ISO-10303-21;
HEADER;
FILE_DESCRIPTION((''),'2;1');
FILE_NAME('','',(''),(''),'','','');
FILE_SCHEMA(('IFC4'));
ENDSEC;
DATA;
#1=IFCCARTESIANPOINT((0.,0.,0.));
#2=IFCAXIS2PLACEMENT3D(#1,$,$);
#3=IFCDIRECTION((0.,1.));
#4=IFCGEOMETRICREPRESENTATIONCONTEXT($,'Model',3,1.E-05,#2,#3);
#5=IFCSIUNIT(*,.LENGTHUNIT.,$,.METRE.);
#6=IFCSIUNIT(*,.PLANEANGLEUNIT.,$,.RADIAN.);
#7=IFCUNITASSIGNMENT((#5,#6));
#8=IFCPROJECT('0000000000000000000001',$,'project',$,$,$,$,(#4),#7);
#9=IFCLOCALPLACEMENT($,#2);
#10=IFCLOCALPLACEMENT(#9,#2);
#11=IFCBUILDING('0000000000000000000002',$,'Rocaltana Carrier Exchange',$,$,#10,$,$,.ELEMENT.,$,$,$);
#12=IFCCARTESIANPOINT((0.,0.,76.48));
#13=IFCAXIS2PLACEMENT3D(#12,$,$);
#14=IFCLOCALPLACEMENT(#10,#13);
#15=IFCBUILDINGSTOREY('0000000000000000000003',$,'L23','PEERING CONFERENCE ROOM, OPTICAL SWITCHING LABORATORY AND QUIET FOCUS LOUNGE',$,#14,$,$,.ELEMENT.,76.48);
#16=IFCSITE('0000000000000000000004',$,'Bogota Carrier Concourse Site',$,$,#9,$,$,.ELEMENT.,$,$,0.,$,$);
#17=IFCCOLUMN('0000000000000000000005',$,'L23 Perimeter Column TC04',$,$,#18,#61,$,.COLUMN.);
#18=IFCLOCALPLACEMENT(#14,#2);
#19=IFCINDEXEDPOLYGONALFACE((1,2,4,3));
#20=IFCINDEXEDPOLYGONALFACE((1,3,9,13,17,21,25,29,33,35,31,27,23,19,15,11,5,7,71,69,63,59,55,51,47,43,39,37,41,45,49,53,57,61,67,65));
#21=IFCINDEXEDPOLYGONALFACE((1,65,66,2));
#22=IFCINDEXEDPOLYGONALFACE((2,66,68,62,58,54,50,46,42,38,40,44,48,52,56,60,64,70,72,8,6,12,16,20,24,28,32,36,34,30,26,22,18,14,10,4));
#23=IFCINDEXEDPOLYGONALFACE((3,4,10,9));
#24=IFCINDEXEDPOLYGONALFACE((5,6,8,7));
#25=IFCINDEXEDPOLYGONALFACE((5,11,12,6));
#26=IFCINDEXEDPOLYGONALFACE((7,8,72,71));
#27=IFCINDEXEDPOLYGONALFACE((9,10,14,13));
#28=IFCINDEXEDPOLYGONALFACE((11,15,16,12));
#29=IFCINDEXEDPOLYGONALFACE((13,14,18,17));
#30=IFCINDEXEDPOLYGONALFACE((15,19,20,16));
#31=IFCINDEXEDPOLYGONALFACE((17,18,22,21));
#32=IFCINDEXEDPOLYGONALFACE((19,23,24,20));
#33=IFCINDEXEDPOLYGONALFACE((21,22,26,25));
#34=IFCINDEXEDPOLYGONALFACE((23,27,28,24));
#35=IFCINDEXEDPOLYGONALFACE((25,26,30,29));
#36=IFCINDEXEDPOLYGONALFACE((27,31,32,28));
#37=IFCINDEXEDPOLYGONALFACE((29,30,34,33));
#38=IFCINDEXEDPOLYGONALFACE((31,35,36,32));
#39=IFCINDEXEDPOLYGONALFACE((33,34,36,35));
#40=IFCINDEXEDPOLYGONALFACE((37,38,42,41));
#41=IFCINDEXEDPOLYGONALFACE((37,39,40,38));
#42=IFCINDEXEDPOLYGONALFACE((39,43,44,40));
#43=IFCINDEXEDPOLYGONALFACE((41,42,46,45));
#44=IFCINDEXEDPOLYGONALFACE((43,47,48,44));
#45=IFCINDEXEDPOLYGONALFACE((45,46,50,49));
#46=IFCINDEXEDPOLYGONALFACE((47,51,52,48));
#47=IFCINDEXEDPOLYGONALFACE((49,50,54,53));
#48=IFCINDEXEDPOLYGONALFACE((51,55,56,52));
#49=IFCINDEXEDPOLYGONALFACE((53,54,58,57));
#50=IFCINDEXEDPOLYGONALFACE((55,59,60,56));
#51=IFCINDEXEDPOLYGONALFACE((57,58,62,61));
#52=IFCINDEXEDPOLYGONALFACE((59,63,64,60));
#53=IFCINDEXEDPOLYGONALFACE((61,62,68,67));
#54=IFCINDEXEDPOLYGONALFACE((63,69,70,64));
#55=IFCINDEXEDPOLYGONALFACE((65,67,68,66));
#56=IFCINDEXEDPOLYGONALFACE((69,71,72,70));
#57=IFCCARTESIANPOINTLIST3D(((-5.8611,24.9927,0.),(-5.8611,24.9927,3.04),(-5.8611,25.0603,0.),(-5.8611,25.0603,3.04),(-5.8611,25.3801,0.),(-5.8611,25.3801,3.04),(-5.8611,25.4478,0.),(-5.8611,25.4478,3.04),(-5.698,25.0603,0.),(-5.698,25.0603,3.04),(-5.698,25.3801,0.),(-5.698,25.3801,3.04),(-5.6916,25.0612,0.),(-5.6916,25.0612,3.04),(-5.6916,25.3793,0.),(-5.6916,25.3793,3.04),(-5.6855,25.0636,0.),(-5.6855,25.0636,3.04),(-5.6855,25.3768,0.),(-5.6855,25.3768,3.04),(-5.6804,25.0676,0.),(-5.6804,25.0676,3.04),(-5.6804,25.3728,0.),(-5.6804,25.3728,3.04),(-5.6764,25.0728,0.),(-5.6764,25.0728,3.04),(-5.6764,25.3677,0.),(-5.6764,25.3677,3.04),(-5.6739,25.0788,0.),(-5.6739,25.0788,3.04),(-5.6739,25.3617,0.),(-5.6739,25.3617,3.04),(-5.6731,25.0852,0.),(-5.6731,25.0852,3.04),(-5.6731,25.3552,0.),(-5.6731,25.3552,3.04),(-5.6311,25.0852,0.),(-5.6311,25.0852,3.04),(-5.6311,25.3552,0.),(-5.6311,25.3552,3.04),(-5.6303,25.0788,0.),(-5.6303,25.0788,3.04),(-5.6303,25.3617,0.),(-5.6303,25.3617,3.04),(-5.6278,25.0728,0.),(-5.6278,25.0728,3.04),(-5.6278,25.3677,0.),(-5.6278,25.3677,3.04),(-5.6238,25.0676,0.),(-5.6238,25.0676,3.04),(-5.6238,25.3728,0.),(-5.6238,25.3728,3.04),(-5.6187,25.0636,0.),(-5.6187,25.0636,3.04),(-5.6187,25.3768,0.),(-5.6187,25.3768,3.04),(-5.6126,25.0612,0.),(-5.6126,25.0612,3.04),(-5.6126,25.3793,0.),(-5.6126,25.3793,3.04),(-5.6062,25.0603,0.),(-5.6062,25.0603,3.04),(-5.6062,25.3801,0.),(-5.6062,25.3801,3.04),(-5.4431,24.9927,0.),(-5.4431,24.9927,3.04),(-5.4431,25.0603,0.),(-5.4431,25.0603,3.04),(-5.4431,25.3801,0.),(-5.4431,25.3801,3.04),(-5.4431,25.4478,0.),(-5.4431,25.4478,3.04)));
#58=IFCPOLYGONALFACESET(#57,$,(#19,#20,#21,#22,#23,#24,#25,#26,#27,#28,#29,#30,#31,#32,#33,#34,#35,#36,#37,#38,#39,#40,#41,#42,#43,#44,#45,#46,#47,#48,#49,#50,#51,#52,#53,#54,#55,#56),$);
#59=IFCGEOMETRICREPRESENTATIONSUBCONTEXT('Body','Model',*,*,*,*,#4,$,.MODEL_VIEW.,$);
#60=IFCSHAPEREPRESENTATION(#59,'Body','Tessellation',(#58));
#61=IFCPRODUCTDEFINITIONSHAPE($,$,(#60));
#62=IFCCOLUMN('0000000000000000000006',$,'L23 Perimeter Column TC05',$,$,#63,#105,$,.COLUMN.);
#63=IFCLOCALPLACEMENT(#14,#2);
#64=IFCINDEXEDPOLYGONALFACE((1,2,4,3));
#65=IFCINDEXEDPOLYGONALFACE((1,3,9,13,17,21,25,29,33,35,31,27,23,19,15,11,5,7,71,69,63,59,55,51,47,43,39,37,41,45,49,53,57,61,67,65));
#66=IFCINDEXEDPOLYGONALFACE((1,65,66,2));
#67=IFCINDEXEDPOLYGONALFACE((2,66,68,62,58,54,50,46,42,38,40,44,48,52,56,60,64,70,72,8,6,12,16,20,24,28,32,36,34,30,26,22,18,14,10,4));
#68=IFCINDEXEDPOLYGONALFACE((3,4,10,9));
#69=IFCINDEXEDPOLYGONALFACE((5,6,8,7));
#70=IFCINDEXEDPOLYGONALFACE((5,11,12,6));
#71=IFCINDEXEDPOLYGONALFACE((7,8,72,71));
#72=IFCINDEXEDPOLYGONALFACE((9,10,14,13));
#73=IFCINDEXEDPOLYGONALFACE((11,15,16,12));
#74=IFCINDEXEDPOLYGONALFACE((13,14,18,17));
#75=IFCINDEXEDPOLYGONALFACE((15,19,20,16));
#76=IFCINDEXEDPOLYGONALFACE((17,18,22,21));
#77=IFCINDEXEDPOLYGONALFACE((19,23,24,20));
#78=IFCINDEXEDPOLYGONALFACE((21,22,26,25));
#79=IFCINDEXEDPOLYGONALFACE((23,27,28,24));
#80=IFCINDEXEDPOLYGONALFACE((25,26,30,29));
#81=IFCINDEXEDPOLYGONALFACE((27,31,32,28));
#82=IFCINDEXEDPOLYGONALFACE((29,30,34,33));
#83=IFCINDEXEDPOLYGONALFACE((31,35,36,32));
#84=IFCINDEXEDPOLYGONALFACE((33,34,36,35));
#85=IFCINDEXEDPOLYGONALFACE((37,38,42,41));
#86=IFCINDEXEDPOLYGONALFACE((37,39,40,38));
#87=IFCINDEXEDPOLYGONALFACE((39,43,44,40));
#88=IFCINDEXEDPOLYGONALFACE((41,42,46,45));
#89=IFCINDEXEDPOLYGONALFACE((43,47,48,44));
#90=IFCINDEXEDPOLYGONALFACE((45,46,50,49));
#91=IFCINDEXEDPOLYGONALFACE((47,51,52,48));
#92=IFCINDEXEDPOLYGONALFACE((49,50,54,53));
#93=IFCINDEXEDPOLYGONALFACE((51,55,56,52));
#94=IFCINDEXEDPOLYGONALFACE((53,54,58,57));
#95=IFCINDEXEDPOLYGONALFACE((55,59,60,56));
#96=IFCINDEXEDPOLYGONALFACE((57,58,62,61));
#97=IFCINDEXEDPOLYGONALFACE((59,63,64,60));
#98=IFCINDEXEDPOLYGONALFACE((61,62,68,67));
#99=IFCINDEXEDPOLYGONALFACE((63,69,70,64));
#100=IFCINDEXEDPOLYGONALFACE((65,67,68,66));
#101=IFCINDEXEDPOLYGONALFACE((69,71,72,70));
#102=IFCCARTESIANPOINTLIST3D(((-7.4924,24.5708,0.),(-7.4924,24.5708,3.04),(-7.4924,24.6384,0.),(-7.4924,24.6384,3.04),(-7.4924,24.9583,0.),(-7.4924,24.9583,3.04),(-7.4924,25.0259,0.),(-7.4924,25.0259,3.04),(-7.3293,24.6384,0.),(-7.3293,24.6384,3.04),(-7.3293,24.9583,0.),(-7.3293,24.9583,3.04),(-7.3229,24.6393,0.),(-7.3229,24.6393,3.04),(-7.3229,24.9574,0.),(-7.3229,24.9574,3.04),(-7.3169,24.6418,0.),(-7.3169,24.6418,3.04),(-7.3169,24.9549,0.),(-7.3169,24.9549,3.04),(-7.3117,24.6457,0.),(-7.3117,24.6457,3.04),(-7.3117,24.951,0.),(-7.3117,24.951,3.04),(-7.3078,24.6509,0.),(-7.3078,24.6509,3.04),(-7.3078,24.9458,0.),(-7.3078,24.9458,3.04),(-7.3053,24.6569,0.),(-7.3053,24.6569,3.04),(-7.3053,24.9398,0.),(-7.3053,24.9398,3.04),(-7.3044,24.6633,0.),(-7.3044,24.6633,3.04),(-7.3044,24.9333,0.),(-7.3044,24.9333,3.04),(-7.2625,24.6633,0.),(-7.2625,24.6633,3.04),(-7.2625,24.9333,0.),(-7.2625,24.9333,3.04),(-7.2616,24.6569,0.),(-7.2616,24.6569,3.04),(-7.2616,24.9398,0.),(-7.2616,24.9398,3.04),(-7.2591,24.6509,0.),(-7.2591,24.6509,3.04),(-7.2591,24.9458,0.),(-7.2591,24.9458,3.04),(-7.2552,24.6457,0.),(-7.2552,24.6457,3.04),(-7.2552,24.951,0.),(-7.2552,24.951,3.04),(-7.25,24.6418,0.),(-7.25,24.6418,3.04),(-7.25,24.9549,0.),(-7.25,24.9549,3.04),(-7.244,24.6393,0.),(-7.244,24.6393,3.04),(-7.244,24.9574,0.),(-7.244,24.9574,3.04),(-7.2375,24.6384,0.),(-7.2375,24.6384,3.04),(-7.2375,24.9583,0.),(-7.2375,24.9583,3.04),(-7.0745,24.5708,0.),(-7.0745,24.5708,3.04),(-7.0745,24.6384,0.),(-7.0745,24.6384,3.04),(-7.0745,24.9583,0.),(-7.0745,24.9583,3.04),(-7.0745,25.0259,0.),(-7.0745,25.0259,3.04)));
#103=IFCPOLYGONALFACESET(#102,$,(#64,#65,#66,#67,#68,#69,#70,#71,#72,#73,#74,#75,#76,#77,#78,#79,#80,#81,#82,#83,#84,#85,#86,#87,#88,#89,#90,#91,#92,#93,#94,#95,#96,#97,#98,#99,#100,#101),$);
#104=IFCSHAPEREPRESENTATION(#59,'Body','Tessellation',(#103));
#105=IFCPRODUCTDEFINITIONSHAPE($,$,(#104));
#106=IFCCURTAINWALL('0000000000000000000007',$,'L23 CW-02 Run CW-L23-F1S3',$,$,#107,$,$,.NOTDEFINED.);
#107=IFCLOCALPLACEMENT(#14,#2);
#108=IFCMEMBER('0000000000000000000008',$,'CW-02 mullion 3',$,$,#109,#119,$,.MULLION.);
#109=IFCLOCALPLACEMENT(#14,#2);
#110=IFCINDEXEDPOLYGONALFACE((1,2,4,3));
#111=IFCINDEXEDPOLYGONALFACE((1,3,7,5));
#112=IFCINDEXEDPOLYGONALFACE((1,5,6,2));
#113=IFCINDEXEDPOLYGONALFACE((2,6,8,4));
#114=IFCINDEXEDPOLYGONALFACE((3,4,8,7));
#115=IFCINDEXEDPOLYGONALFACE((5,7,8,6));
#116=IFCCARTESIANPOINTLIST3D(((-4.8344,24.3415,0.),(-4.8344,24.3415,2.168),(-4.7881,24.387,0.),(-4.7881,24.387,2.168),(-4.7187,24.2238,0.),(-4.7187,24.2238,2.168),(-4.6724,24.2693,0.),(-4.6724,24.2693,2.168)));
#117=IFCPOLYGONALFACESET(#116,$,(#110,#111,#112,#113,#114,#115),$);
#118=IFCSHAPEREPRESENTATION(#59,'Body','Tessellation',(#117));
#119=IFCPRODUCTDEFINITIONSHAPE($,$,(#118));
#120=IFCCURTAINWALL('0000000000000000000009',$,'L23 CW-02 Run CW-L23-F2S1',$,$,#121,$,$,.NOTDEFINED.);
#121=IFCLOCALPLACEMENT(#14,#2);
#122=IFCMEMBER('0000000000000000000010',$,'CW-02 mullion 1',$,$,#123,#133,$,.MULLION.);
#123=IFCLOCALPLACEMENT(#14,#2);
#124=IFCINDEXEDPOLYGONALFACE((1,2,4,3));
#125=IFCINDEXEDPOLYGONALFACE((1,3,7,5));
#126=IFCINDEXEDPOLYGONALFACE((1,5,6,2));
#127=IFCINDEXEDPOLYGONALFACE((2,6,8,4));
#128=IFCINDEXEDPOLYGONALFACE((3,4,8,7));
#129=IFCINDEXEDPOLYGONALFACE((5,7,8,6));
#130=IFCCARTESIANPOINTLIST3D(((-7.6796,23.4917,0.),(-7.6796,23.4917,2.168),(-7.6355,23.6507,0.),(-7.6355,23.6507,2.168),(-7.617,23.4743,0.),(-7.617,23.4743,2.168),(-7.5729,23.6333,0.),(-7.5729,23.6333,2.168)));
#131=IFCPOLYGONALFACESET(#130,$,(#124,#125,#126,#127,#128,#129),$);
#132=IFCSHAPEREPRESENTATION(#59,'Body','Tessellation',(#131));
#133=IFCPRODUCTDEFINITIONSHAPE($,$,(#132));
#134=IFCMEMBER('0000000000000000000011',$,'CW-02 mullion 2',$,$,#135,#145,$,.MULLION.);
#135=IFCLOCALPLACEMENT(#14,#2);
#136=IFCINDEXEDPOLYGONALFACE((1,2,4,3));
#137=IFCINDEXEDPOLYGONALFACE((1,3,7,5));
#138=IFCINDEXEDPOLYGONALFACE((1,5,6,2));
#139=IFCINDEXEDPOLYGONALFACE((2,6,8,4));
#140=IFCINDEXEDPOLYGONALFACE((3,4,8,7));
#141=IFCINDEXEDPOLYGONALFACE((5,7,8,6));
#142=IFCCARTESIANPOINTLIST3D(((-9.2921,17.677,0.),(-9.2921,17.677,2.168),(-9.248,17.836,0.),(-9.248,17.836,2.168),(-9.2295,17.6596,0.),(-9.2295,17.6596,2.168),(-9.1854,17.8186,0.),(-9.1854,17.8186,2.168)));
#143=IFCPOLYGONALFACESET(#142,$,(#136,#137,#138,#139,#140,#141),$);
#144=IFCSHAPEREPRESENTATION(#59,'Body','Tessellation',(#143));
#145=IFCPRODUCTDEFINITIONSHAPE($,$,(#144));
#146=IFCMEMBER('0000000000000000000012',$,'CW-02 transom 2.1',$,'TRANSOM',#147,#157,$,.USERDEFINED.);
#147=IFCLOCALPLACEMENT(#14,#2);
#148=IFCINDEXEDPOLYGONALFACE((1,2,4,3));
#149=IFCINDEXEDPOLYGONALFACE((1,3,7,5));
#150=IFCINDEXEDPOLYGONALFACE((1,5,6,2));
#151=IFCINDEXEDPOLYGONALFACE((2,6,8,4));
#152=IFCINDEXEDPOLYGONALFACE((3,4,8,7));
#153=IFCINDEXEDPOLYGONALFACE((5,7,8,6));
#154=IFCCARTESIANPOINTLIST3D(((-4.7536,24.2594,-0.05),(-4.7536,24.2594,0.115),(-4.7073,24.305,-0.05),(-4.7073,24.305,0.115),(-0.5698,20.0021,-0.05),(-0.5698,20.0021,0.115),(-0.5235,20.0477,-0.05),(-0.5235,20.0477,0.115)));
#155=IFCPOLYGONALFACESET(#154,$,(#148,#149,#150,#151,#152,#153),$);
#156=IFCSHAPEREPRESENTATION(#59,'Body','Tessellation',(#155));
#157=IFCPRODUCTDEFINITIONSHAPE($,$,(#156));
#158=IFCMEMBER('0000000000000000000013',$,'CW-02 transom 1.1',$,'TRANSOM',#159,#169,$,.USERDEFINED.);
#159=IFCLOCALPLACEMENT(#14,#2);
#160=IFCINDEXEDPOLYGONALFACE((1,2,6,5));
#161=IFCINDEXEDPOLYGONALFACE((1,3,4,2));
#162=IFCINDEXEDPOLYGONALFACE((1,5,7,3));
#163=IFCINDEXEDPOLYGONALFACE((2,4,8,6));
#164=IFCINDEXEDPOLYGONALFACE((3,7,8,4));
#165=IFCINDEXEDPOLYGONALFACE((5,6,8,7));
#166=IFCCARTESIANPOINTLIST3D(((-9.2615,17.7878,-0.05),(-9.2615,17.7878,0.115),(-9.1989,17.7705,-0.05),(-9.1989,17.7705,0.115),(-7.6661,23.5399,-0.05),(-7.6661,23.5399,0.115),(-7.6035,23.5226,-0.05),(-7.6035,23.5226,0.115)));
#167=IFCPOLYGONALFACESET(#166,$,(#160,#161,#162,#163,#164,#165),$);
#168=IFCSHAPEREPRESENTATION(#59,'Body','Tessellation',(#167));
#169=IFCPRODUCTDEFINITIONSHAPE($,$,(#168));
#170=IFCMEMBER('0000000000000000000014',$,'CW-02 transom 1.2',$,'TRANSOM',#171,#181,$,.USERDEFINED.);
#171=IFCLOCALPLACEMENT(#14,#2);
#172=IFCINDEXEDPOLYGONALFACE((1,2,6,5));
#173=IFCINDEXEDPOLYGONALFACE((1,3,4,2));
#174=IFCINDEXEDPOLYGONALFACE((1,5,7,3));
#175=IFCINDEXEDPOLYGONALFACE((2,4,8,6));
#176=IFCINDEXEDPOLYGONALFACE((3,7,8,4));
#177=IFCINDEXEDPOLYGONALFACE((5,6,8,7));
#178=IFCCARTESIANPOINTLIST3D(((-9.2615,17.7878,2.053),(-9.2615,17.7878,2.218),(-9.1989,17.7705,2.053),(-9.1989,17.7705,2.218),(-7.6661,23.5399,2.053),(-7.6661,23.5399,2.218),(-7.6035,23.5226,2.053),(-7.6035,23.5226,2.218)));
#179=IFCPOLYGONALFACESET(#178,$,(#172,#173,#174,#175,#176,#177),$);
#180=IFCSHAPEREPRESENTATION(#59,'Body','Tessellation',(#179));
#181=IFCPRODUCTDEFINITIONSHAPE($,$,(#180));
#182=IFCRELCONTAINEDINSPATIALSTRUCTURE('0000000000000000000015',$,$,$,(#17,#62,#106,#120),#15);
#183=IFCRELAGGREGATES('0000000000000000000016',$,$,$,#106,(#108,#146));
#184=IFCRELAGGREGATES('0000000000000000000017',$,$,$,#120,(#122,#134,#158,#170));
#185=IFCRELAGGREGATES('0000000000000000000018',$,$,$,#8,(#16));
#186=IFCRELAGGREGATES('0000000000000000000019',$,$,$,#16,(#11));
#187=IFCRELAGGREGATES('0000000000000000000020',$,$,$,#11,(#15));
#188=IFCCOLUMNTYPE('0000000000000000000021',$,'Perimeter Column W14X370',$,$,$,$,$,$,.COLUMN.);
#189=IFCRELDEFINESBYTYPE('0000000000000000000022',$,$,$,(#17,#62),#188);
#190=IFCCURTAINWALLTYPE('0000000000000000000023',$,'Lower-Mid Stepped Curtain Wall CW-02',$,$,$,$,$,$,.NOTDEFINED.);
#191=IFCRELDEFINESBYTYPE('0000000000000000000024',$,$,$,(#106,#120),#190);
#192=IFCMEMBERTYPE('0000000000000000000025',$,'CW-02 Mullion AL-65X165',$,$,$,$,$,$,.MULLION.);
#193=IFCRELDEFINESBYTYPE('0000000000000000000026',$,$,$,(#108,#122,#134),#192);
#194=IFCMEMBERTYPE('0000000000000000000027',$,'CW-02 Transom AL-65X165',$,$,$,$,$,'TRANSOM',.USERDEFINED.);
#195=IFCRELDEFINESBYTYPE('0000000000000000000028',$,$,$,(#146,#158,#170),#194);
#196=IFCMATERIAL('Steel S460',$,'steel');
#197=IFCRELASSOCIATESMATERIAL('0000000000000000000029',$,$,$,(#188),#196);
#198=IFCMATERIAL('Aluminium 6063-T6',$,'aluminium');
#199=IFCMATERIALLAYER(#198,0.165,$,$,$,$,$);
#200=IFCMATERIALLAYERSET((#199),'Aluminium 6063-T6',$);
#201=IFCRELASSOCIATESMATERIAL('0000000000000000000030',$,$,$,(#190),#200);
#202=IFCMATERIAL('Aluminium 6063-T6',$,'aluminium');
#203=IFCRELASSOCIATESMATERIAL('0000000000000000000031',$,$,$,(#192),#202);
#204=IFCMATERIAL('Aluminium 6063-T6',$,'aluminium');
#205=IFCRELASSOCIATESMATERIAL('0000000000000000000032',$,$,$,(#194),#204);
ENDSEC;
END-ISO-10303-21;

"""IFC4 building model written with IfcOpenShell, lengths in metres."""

from ifc_helpers import new_model, si_unit, direction, frame, origin, origin_2d, place, context, subcontext, project, spatial, rectangle, i_section, extrude, material, layer, layer_set, material_profile, profile_set, type_object, element, aggregate, save


model = new_model("IFC4")

# Units and contexts
model_context = context("Model", 3, precision=1e-05, world=origin(), true_north=direction((0.0, 1.0)))
body_context = subcontext(model_context, "Body", "Model", "MODEL_VIEW")
ifc_project = project(units=[si_unit("LENGTHUNIT", "METRE"), si_unit("PLANEANGLEUNIT", "RADIAN")], contexts=[model_context])

# Site, building, storey
site_placement = place(None, origin())
site = spatial("IfcSite", under=ifc_project, at=site_placement, Name="Bogota Carrier Concourse Site", CompositionType="ELEMENT", RefElevation=0.0)
building_placement = place(site_placement, origin())
building = spatial("IfcBuilding", under=site, at=building_placement, Name="Rocaltana Carrier Exchange", CompositionType="ELEMENT")
storey_placement = place(building_placement, frame((0.0, 0.0, 76.48)))
storey = spatial("IfcBuildingStorey", under=building, at=storey_placement, Name="L23", Description="PEERING CONFERENCE ROOM, OPTICAL SWITCHING LABORATORY AND QUIET FOCUS LOUNGE", CompositionType="ELEMENT", Elevation=76.48)

# Columns
ifc_material_1 = material(Name="Steel S460", Category="steel")
ifc_material_profile_1 = material_profile(ifc_material_1, i_section(OverallWidth=0.418, OverallDepth=0.4551, WebThickness=0.042, FlangeThickness=0.0676, FilletRadius=0.0249, at=origin_2d()), Name="W14X370")
ifc_profile_set_1 = profile_set([ifc_material_profile_1], Name="Steel S460")
column_type = type_object("IfcColumnType", Name="Perimeter Column W14X370", PredefinedType="COLUMN", material=ifc_profile_set_1)
for number, where, z_axis, x_axis, name in (
    (1, (-5.6521, 25.2202, 0.0), (0.0, 0.0, 1.0), (1.0, 0.0, 0.0), "L23 Perimeter Column TC04"),
    (2, (-7.2834, 24.7983, 0.0), (0.0, 0.0, 1.0), (1.0, 0.0, 0.0), "L23 Perimeter Column TC05"),
):
    element("IfcColumn", number, at=place(storey_placement, frame(where, z_axis=z_axis, x_axis=x_axis)), inside=storey, type_object=column_type, Name=name, PredefinedType="COLUMN", context=body_context, shape_type="SweptSolid", body=[
        extrude(i_section(OverallWidth=0.418, OverallDepth=0.4551, WebThickness=0.042, FlangeThickness=0.0676, FilletRadius=0.0249, at=origin_2d()), origin(), (0.0, 0.0, 1.0), 3.04),
    ])

# Curtain wall, member
ifc_material_2 = material(Name="Aluminium 6063-T6", Category="aluminium")
ifc_layer_1 = layer(ifc_material_2, 0.165)
ifc_layer_set_1 = layer_set([ifc_layer_1], Name="Aluminium 6063-T6")
curtain_wall_type = type_object("IfcCurtainWallType", Name="Lower-Mid Stepped Curtain Wall CW-02", PredefinedType="NOTDEFINED", material=ifc_layer_set_1)
curtain_wall_1_placement = place(storey_placement, origin())
curtain_wall_1 = element("IfcCurtainWall", 3, at=curtain_wall_1_placement, inside=storey, type_object=curtain_wall_type, Name="L23 CW-02 Run CW-L23-F1S3", PredefinedType="NOTDEFINED")
ifc_material_3 = material(Name="Aluminium 6063-T6", Category="aluminium")
ifc_material_profile_2 = material_profile(ifc_material_3, rectangle(XDim=0.0649, YDim=0.165, at=origin_2d()), Name="AL-65X165")
ifc_profile_set_2 = profile_set([ifc_material_profile_2], Name="Aluminium 6063-T6")
member_type_1 = type_object("IfcMemberType", Name="CW-02 Mullion AL-65X165", PredefinedType="MULLION", material=ifc_profile_set_2)
member_1_placement = place(storey_placement, frame((-4.7534, 24.3054, 0.0), z_axis=(0.0, 0.0, 1.0), x_axis=(-0.713245, -0.700915, 0.0)))
member_1 = element("IfcMember", 4, at=member_1_placement, type_object=member_type_1, Name="CW-02 mullion 3", PredefinedType="MULLION", context=body_context, shape_type="SweptSolid", body=[
    extrude(rectangle(XDim=0.0649, YDim=0.165, at=origin_2d()), origin(), (0.0, 0.0, 1.0), 2.168),
])

# Curtain wall, members
curtain_wall_2_placement = place(storey_placement, origin())
curtain_wall_2 = element("IfcCurtainWall", 5, at=curtain_wall_2_placement, inside=storey, type_object=curtain_wall_type, Name="L23 CW-02 Run CW-L23-F2S1", PredefinedType="NOTDEFINED")
member_2_placement = place(storey_placement, frame((-7.6262, 23.5625, 0.0), z_axis=(0.0, 0.0, 1.0), x_axis=(0.963628, -0.267246, 0.0)))
member_2 = element("IfcMember", 6, at=member_2_placement, type_object=member_type_1, Name="CW-02 mullion 1", PredefinedType="MULLION", context=body_context, shape_type="SweptSolid", body=[
    extrude(rectangle(XDim=0.0649, YDim=0.165, at=origin_2d()), origin(), (0.0, 0.0, 1.0), 2.168),
])
member_3_placement = place(storey_placement, frame((-9.2388, 17.7478, 0.0), z_axis=(0.0, 0.0, 1.0), x_axis=(0.963628, -0.267246, 0.0)))
member_3 = element("IfcMember", 7, at=member_3_placement, type_object=member_type_1, Name="CW-02 mullion 2", PredefinedType="MULLION", context=body_context, shape_type="SweptSolid", body=[
    extrude(rectangle(XDim=0.0649, YDim=0.165, at=origin_2d()), origin(), (0.0, 0.0, 1.0), 2.168),
])

# Members
ifc_material_4 = material(Name="Aluminium 6063-T6", Category="aluminium")
ifc_material_profile_3 = material_profile(ifc_material_4, rectangle(XDim=0.0649, YDim=0.165, at=origin_2d()), Name="AL-65X165")
ifc_profile_set_3 = profile_set([ifc_material_profile_3], Name="Aluminium 6063-T6")
member_type_2 = type_object("IfcMemberType", Name="CW-02 Transom AL-65X165", ElementType="TRANSOM", PredefinedType="USERDEFINED", material=ifc_profile_set_3)
member_4_placement = place(storey_placement, frame((-0.5466, 20.0249, 0.0325), z_axis=(-0.700924, 0.713236, 0.0), x_axis=(-0.713236, -0.700924, 0.0)))
member_4 = element("IfcMember", 8, at=member_4_placement, type_object=member_type_2, Name="CW-02 transom 2.1", ObjectType="TRANSOM", PredefinedType="USERDEFINED", context=body_context, shape_type="SweptSolid", body=[
    extrude(rectangle(XDim=0.0649, YDim=0.165, at=origin_2d()), origin(), (0.0, 0.0, 1.0), 5.969),
])
member_5_placement = place(storey_placement, frame((-7.6348, 23.5312, 0.0325), z_axis=(-0.267275, -0.96362, 0.0), x_axis=(0.96362, -0.267275, 0.0)))
member_5 = element("IfcMember", 9, at=member_5_placement, type_object=member_type_2, Name="CW-02 transom 1.1", ObjectType="TRANSOM", PredefinedType="USERDEFINED", context=body_context, shape_type="SweptSolid", body=[
    extrude(rectangle(XDim=0.0649, YDim=0.165, at=origin_2d()), origin(), (0.0, 0.0, 1.0), 5.9692),
])
member_6_placement = place(storey_placement, frame((-7.6348, 23.5312, 2.1355), z_axis=(-0.267275, -0.96362, 0.0), x_axis=(0.96362, -0.267275, 0.0)))
member_6 = element("IfcMember", 10, at=member_6_placement, type_object=member_type_2, Name="CW-02 transom 1.2", ObjectType="TRANSOM", PredefinedType="USERDEFINED", context=body_context, shape_type="SweptSolid", body=[
    extrude(rectangle(XDim=0.0649, YDim=0.165, at=origin_2d()), origin(), (0.0, 0.0, 1.0), 5.9692),
])

aggregate(curtain_wall_1, [member_1, member_4])
aggregate(curtain_wall_2, [member_2, member_3, member_5, member_6])

save(model, "model.ifc")
